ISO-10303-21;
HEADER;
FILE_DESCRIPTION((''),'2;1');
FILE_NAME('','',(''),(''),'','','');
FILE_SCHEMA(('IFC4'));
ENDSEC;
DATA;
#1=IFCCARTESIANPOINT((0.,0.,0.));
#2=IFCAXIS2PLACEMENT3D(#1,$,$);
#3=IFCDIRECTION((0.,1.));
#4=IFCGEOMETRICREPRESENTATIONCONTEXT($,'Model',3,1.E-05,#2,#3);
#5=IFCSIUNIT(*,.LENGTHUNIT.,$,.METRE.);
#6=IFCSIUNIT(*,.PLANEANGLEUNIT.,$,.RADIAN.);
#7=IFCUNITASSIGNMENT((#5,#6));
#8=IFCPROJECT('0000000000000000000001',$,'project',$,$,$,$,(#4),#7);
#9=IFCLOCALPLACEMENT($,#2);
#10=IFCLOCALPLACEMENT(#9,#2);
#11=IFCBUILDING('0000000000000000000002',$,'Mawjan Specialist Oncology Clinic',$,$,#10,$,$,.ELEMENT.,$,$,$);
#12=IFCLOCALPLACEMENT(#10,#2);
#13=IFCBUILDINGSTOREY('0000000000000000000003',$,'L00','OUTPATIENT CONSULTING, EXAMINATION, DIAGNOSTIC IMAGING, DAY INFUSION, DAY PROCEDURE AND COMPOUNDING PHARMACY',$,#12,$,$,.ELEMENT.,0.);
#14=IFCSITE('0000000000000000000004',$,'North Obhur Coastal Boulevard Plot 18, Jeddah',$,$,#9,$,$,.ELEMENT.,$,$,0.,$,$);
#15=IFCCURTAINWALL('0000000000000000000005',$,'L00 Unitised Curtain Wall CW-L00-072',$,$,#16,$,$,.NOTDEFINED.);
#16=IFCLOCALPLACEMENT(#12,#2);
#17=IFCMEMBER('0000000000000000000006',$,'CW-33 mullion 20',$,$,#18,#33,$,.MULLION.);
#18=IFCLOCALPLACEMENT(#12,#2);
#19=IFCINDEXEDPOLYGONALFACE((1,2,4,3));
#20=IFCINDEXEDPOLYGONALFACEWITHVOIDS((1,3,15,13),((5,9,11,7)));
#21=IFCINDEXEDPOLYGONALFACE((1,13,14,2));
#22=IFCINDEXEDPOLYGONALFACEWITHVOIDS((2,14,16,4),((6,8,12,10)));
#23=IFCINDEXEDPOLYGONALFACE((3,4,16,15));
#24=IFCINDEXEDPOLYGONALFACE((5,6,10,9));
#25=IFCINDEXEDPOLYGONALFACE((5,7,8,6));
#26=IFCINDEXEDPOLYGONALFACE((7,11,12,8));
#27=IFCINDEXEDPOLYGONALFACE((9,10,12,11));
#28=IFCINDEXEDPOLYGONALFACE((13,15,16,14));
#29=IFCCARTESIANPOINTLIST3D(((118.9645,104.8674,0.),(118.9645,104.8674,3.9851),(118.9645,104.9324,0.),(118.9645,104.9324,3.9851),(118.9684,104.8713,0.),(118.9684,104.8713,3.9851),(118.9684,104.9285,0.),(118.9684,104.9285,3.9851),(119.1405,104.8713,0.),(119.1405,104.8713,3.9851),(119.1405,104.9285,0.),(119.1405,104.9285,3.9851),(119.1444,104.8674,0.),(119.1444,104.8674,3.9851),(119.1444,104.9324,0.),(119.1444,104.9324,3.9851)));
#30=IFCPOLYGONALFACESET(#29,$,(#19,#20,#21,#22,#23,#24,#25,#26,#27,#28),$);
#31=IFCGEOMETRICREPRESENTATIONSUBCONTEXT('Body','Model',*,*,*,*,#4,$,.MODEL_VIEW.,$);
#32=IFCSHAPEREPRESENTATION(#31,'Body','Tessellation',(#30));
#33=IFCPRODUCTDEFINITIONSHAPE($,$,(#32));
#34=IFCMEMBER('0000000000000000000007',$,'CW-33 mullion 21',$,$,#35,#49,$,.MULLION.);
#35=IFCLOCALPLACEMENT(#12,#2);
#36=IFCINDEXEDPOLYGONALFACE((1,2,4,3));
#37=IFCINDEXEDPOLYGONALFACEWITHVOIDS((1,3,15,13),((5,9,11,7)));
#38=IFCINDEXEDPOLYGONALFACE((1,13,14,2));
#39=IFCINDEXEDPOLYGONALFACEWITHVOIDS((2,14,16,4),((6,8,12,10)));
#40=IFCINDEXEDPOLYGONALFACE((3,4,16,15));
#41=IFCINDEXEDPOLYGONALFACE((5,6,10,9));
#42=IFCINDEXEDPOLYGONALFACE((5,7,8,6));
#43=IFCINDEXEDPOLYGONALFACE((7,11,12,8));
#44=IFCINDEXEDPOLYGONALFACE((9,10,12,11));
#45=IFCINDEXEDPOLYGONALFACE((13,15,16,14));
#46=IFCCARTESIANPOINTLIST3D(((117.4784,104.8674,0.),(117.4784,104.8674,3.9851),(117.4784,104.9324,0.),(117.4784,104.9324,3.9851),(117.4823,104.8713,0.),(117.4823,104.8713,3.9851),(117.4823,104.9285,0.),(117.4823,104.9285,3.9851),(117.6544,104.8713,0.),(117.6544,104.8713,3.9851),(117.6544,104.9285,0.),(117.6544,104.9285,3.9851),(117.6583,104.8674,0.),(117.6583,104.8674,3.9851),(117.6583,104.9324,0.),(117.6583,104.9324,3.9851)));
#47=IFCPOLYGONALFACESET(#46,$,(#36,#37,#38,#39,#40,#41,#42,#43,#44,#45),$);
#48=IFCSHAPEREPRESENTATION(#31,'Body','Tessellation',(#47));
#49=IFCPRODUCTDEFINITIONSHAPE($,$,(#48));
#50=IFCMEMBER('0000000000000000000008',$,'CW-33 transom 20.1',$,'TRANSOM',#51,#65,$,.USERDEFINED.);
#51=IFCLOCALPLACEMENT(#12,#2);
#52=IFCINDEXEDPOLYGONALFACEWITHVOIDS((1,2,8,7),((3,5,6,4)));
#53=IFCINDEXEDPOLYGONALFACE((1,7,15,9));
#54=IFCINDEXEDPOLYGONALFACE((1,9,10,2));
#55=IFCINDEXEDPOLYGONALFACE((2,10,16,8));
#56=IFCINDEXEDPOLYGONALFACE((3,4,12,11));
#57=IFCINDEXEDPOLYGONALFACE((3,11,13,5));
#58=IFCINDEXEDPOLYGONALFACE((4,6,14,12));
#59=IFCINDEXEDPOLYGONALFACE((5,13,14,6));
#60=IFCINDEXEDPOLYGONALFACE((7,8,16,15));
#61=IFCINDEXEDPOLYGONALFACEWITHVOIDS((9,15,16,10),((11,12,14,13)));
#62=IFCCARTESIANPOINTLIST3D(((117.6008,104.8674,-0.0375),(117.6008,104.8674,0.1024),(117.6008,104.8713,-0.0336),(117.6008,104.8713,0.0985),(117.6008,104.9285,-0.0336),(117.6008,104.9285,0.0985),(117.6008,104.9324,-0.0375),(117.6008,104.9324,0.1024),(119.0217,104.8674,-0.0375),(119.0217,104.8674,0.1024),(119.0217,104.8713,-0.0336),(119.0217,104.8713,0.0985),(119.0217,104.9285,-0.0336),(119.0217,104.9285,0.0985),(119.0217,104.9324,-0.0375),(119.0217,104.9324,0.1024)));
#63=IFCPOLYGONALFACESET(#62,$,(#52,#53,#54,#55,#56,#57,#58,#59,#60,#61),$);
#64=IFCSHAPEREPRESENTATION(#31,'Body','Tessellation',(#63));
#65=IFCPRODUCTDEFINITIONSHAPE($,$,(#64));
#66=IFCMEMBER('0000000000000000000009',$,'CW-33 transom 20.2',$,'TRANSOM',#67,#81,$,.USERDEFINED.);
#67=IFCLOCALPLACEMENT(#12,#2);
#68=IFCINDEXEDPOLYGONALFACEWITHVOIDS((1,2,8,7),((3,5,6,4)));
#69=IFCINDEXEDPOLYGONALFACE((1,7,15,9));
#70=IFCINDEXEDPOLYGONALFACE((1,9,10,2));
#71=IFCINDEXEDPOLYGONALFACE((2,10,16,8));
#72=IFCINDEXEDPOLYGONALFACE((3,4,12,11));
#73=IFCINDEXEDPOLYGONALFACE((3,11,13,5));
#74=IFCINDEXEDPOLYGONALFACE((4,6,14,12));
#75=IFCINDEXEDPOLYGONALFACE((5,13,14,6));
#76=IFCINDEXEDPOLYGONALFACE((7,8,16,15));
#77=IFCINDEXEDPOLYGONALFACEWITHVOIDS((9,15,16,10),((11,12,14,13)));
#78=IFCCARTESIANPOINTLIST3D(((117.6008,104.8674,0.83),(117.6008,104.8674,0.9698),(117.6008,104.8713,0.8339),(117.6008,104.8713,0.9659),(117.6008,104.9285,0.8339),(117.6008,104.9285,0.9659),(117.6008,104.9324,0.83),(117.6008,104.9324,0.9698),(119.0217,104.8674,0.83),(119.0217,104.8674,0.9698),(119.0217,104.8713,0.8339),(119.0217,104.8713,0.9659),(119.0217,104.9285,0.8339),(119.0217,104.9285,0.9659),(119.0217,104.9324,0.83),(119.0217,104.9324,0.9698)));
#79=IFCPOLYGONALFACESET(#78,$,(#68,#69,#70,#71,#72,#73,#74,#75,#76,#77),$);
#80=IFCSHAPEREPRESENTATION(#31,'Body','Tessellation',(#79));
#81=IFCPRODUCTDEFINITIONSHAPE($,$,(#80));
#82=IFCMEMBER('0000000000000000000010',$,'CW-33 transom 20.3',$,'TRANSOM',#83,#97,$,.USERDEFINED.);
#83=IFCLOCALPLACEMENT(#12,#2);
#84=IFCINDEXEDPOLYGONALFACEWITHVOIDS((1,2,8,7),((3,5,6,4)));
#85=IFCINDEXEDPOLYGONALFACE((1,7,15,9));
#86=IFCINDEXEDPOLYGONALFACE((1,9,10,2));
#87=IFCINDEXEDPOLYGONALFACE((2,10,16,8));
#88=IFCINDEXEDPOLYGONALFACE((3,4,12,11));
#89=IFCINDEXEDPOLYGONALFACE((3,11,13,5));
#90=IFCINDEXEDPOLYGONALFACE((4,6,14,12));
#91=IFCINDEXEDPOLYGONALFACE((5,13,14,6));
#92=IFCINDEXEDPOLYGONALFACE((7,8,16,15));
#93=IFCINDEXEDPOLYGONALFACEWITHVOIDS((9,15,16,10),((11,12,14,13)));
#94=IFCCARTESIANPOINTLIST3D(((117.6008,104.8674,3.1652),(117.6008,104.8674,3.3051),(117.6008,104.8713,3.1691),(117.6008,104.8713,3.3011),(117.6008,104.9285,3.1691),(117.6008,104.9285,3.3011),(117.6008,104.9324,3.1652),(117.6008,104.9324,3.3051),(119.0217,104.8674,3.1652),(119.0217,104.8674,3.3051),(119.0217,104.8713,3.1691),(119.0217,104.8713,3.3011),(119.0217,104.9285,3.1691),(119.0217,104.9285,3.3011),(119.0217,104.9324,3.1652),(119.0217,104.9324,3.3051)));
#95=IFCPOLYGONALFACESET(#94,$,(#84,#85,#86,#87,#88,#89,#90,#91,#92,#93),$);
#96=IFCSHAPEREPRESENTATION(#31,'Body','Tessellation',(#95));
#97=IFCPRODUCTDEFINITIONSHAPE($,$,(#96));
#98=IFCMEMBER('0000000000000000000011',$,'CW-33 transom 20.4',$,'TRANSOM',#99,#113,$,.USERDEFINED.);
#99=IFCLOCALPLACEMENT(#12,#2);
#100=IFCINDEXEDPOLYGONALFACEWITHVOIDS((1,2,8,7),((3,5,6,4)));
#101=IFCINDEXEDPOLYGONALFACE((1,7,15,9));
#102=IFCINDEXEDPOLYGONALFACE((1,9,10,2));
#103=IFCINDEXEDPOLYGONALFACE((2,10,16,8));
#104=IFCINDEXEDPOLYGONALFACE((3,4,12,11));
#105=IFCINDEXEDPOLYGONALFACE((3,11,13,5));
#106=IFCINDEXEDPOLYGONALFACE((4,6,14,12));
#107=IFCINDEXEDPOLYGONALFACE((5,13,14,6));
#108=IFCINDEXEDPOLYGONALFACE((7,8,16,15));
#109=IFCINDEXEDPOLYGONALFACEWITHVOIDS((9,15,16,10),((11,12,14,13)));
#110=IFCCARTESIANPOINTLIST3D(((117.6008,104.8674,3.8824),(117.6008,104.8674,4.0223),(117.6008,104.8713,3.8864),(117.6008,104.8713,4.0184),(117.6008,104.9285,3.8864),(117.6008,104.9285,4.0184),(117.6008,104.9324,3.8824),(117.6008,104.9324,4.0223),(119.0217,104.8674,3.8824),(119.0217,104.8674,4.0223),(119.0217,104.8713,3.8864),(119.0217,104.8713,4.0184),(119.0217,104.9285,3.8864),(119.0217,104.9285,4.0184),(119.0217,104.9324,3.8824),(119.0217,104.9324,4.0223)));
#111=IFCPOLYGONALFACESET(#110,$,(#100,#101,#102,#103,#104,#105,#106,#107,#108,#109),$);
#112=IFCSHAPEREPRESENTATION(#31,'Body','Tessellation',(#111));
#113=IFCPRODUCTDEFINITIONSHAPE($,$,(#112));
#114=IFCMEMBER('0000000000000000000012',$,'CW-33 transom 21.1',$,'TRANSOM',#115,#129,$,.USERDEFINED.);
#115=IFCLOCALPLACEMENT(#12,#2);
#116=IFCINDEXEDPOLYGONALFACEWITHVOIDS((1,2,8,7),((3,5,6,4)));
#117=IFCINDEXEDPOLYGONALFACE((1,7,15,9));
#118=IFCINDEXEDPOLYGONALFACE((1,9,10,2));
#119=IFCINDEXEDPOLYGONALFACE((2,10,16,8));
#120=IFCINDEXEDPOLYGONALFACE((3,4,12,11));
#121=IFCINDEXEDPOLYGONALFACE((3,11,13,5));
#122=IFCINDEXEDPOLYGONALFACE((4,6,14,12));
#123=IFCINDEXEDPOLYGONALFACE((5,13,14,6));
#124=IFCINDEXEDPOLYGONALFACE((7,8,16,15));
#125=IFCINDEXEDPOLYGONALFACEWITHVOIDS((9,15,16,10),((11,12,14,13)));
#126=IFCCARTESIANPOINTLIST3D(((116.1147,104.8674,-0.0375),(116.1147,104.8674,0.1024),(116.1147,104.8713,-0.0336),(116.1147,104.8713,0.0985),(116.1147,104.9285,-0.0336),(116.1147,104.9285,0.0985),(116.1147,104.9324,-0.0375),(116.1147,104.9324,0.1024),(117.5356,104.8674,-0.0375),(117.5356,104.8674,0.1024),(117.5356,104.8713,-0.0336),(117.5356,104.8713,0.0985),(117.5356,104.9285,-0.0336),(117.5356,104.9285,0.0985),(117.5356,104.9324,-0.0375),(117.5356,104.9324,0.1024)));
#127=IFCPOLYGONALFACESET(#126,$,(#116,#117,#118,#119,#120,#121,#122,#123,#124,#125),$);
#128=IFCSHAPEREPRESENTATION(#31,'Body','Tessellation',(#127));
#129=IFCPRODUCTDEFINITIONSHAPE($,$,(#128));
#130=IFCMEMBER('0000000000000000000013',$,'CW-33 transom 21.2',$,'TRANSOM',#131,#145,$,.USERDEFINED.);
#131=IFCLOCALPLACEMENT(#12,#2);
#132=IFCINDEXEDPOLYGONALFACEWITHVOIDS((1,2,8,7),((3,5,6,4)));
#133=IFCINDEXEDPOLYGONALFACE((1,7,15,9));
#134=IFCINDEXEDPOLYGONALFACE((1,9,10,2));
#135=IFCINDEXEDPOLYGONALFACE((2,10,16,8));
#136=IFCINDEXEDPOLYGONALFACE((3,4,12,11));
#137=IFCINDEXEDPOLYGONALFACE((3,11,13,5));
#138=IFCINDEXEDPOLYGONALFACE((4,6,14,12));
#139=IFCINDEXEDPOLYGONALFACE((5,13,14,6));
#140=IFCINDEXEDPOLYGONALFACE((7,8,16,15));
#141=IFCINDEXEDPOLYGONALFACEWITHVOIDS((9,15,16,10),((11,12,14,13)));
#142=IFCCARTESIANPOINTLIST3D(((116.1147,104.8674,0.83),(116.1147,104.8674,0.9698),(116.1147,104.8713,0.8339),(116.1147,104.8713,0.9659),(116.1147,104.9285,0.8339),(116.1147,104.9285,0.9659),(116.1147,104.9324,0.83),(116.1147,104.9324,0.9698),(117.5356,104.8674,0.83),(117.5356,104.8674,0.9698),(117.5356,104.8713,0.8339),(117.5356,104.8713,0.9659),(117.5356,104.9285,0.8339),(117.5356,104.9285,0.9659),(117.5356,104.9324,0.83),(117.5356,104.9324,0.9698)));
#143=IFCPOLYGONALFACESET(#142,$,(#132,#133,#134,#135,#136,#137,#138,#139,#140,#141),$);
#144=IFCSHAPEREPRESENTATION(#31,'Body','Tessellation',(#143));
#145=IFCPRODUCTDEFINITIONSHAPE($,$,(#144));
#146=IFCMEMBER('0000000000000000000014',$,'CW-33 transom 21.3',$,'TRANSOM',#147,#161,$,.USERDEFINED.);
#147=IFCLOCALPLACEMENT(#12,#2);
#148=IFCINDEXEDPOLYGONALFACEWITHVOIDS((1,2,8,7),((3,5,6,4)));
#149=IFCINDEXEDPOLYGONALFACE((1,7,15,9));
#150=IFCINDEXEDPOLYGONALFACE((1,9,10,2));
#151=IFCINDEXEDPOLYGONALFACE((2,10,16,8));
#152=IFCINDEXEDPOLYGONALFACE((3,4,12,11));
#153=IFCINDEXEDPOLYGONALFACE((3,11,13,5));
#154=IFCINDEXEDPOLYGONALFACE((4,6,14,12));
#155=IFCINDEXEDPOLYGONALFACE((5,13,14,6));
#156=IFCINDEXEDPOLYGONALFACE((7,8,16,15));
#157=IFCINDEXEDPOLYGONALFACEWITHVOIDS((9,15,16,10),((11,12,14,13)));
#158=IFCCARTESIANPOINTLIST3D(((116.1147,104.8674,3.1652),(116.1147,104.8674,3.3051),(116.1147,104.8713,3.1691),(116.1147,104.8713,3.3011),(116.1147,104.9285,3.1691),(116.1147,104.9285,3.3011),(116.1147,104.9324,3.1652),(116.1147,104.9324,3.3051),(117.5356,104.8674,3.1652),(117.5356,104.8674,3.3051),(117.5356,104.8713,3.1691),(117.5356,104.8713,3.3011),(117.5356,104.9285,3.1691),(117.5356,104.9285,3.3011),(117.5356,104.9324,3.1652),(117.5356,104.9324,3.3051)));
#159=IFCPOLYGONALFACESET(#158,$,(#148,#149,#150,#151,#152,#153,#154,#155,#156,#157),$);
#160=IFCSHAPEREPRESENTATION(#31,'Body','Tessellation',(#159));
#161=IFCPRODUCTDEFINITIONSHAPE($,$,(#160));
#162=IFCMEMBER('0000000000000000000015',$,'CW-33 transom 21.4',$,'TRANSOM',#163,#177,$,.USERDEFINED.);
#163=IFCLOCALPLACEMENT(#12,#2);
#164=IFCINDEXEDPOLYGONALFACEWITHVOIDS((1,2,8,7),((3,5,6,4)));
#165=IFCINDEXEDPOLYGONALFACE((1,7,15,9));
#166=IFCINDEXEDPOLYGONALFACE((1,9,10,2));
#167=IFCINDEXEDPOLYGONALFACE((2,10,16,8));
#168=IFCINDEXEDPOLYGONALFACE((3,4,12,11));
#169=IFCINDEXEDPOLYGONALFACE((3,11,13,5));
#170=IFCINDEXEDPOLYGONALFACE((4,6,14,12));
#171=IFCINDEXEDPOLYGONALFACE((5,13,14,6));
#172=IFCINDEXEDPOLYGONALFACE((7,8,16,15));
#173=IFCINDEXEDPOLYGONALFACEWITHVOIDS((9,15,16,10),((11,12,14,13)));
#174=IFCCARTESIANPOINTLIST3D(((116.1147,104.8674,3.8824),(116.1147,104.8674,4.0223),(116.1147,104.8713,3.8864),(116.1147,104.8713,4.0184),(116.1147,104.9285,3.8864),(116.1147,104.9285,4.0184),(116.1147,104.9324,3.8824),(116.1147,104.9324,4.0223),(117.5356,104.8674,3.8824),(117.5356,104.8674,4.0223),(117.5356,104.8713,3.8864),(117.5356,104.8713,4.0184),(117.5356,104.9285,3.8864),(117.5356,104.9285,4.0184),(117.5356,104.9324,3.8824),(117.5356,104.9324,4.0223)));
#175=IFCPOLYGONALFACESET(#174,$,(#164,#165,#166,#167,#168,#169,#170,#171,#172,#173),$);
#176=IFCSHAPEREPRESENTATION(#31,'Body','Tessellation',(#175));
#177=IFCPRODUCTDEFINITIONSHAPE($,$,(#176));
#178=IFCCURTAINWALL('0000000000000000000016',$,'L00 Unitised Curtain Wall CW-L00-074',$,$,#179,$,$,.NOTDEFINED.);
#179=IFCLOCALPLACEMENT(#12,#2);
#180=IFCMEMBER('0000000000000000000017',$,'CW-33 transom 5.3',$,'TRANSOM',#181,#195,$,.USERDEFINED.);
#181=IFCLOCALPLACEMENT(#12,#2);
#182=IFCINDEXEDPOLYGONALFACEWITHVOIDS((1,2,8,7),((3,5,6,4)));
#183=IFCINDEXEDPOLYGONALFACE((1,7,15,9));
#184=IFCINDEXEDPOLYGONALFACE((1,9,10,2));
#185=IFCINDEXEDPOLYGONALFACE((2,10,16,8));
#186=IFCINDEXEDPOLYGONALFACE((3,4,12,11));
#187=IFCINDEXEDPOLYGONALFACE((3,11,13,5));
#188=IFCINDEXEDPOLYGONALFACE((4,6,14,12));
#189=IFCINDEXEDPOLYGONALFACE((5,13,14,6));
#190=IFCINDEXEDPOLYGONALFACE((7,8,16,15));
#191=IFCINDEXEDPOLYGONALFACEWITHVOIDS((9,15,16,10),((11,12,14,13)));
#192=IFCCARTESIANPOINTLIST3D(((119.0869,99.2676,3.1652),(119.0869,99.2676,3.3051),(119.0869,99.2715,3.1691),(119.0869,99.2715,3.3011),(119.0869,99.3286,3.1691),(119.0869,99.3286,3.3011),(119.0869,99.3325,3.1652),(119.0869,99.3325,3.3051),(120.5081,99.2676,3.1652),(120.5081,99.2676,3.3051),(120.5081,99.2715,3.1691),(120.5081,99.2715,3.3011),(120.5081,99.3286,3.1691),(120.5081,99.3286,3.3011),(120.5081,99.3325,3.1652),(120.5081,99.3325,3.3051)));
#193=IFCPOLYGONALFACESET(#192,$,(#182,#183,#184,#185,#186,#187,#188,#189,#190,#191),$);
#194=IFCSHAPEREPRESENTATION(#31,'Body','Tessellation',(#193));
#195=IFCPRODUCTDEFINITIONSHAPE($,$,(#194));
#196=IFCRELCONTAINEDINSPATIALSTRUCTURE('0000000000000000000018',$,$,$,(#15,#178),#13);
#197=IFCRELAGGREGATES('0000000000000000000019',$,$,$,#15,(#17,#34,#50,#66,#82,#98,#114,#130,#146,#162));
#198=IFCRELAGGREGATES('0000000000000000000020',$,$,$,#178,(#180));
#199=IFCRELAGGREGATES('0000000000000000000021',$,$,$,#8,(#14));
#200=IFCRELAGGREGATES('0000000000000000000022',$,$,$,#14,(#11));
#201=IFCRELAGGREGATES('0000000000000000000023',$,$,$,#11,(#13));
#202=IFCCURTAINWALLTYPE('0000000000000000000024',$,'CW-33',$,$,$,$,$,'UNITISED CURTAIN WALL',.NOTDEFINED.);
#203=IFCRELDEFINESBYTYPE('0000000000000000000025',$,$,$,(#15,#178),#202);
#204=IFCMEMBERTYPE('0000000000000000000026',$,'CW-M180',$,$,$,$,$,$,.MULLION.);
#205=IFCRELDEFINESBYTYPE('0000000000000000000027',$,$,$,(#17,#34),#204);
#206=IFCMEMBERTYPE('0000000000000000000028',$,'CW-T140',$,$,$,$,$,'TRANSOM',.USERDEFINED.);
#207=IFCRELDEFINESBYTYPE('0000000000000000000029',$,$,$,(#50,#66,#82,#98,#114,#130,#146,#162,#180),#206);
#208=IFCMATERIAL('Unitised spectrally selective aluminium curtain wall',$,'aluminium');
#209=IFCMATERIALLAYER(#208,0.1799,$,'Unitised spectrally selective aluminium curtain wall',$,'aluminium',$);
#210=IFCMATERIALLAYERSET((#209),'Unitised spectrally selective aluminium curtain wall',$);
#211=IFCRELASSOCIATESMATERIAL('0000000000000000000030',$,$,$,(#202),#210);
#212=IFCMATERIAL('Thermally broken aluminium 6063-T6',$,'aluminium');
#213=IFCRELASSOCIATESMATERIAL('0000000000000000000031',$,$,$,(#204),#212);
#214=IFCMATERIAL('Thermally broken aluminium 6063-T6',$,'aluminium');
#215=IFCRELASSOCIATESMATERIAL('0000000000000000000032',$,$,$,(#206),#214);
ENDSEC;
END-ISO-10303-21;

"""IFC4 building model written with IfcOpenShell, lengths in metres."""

from ifc_helpers import new_model, si_unit, direction, frame, origin, origin_2d, place, context, subcontext, project, spatial, hollow_rectangle, extrude, material, layer, layer_set, material_profile, profile_set, type_object, element, aggregate, save


model = new_model("IFC4")

# Units and contexts
model_context = context("Model", 3, precision=1e-05, world=origin(), true_north=direction((0.0, 1.0)))
body_context = subcontext(model_context, "Body", "Model", "MODEL_VIEW")
ifc_project = project(units=[si_unit("LENGTHUNIT", "METRE"), si_unit("PLANEANGLEUNIT", "RADIAN")], contexts=[model_context])

# Site, building, storey
site_placement = place(None, origin())
site = spatial("IfcSite", under=ifc_project, at=site_placement, Name="North Obhur Coastal Boulevard Plot 18, Jeddah", CompositionType="ELEMENT", RefElevation=0.0)
building_placement = place(site_placement, origin())
building = spatial("IfcBuilding", under=site, at=building_placement, Name="Mawjan Specialist Oncology Clinic", CompositionType="ELEMENT")
storey_placement = place(building_placement, origin())
storey = spatial("IfcBuildingStorey", under=building, at=storey_placement, Name="L00", Description="OUTPATIENT CONSULTING, EXAMINATION, DIAGNOSTIC IMAGING, DAY INFUSION, DAY PROCEDURE AND COMPOUNDING PHARMACY", CompositionType="ELEMENT", Elevation=0.0)

# Curtain walls, members
ifc_material_1 = material(Name="Unitised spectrally selective aluminium curtain wall", Category="aluminium")
ifc_layer_1 = layer(ifc_material_1, 0.1799, Name="Unitised spectrally selective aluminium curtain wall", Category="aluminium")
ifc_layer_set_1 = layer_set([ifc_layer_1], Name="Unitised spectrally selective aluminium curtain wall")
curtain_wall_type = type_object("IfcCurtainWallType", Name="CW-33", ElementType="UNITISED CURTAIN WALL", PredefinedType="NOTDEFINED", material=ifc_layer_set_1)
curtain_wall_1_placement = place(storey_placement, origin())
curtain_wall_1 = element("IfcCurtainWall", 1, at=curtain_wall_1_placement, inside=storey, type_object=curtain_wall_type, Name="L00 Unitised Curtain Wall CW-L00-072", PredefinedType="NOTDEFINED")
ifc_material_2 = material(Name="Thermally broken aluminium 6063-T6", Category="aluminium")
ifc_material_profile_1 = material_profile(ifc_material_2, hollow_rectangle(XDim=0.0649, YDim=0.1799, WallThickness=0.0039, at=origin_2d()), Name="ALU MULLION 180x65x4", Category="aluminium")
ifc_profile_set_1 = profile_set([ifc_material_profile_1], Name="Thermally broken aluminium 6063-T6")
member_type_1 = type_object("IfcMemberType", Name="CW-M180", PredefinedType="MULLION", material=ifc_profile_set_1)
member_1_placement = place(storey_placement, frame((119.0544, 104.8999, 0.0), z_axis=(0.0, 0.0, 1.0), x_axis=(0.0, -1.0, 0.0)))
member_1 = element("IfcMember", 2, at=member_1_placement, type_object=member_type_1, Name="CW-33 mullion 20", PredefinedType="MULLION", context=body_context, shape_type="SweptSolid", body=[
    extrude(hollow_rectangle(XDim=0.0649, YDim=0.1799, WallThickness=0.0039, at=origin_2d()), origin(), (0.0, 0.0, 1.0), 3.9851),
])
member_2_placement = place(storey_placement, frame((117.5684, 104.8999, 0.0), z_axis=(0.0, 0.0, 1.0), x_axis=(0.0, -1.0, 0.0)))
member_2 = element("IfcMember", 3, at=member_2_placement, type_object=member_type_1, Name="CW-33 mullion 21", PredefinedType="MULLION", context=body_context, shape_type="SweptSolid", body=[
    extrude(hollow_rectangle(XDim=0.0649, YDim=0.1799, WallThickness=0.0039, at=origin_2d()), origin(), (0.0, 0.0, 1.0), 3.9851),
])
ifc_material_3 = material(Name="Thermally broken aluminium 6063-T6", Category="aluminium")
ifc_material_profile_2 = material_profile(ifc_material_3, hollow_rectangle(XDim=0.0649, YDim=0.1399, WallThickness=0.0039, at=origin_2d()), Name="ALU TRANSOM 140x65x4", Category="aluminium")
ifc_profile_set_2 = profile_set([ifc_material_profile_2], Name="Thermally broken aluminium 6063-T6")
member_type_2 = type_object("IfcMemberType", Name="CW-T140", ElementType="TRANSOM", PredefinedType="USERDEFINED", material=ifc_profile_set_2)
member_3_placement = place(storey_placement, frame((119.0217, 104.8999, 0.0325), z_axis=(-1.0, 0.0, 0.0), x_axis=(0.0, -1.0, 0.0)))
member_3 = element("IfcMember", 4, at=member_3_placement, type_object=member_type_2, Name="CW-33 transom 20.1", ObjectType="TRANSOM", PredefinedType="USERDEFINED", context=body_context, shape_type="SweptSolid", body=[
    extrude(hollow_rectangle(XDim=0.0649, YDim=0.1399, WallThickness=0.0039, at=origin_2d()), origin(), (0.0, 0.0, 1.0), 1.4209),
])
member_4_placement = place(storey_placement, frame((119.0217, 104.8999, 0.8999), z_axis=(-1.0, 0.0, 0.0), x_axis=(0.0, -1.0, 0.0)))
member_4 = element("IfcMember", 5, at=member_4_placement, type_object=member_type_2, Name="CW-33 transom 20.2", ObjectType="TRANSOM", PredefinedType="USERDEFINED", context=body_context, shape_type="SweptSolid", body=[
    extrude(hollow_rectangle(XDim=0.0649, YDim=0.1399, WallThickness=0.0039, at=origin_2d()), origin(), (0.0, 0.0, 1.0), 1.4209),
])
member_5_placement = place(storey_placement, frame((119.0217, 104.8999, 3.2351), z_axis=(-1.0, 0.0, 0.0), x_axis=(0.0, -1.0, 0.0)))
member_5 = element("IfcMember", 6, at=member_5_placement, type_object=member_type_2, Name="CW-33 transom 20.3", ObjectType="TRANSOM", PredefinedType="USERDEFINED", context=body_context, shape_type="SweptSolid", body=[
    extrude(hollow_rectangle(XDim=0.0649, YDim=0.1399, WallThickness=0.0039, at=origin_2d()), origin(), (0.0, 0.0, 1.0), 1.4209),
])
member_6_placement = place(storey_placement, frame((119.0217, 104.8999, 3.9524), z_axis=(-1.0, 0.0, 0.0), x_axis=(0.0, -1.0, 0.0)))
member_6 = element("IfcMember", 7, at=member_6_placement, type_object=member_type_2, Name="CW-33 transom 20.4", ObjectType="TRANSOM", PredefinedType="USERDEFINED", context=body_context, shape_type="SweptSolid", body=[
    extrude(hollow_rectangle(XDim=0.0649, YDim=0.1399, WallThickness=0.0039, at=origin_2d()), origin(), (0.0, 0.0, 1.0), 1.4209),
])
member_7_placement = place(storey_placement, frame((117.5356, 104.8999, 0.0325), z_axis=(-1.0, 0.0, 0.0), x_axis=(0.0, -1.0, 0.0)))
member_7 = element("IfcMember", 8, at=member_7_placement, type_object=member_type_2, Name="CW-33 transom 21.1", ObjectType="TRANSOM", PredefinedType="USERDEFINED", context=body_context, shape_type="SweptSolid", body=[
    extrude(hollow_rectangle(XDim=0.0649, YDim=0.1399, WallThickness=0.0039, at=origin_2d()), origin(), (0.0, 0.0, 1.0), 1.4209),
])
member_8_placement = place(storey_placement, frame((117.5356, 104.8999, 0.8999), z_axis=(-1.0, 0.0, 0.0), x_axis=(0.0, -1.0, 0.0)))
member_8 = element("IfcMember", 9, at=member_8_placement, type_object=member_type_2, Name="CW-33 transom 21.2", ObjectType="TRANSOM", PredefinedType="USERDEFINED", context=body_context, shape_type="SweptSolid", body=[
    extrude(hollow_rectangle(XDim=0.0649, YDim=0.1399, WallThickness=0.0039, at=origin_2d()), origin(), (0.0, 0.0, 1.0), 1.4209),
])
member_9_placement = place(storey_placement, frame((117.5356, 104.8999, 3.2351), z_axis=(-1.0, 0.0, 0.0), x_axis=(0.0, -1.0, 0.0)))
member_9 = element("IfcMember", 10, at=member_9_placement, type_object=member_type_2, Name="CW-33 transom 21.3", ObjectType="TRANSOM", PredefinedType="USERDEFINED", context=body_context, shape_type="SweptSolid", body=[
    extrude(hollow_rectangle(XDim=0.0649, YDim=0.1399, WallThickness=0.0039, at=origin_2d()), origin(), (0.0, 0.0, 1.0), 1.4209),
])
member_10_placement = place(storey_placement, frame((117.5356, 104.8999, 3.9524), z_axis=(-1.0, 0.0, 0.0), x_axis=(0.0, -1.0, 0.0)))
member_10 = element("IfcMember", 11, at=member_10_placement, type_object=member_type_2, Name="CW-33 transom 21.4", ObjectType="TRANSOM", PredefinedType="USERDEFINED", context=body_context, shape_type="SweptSolid", body=[
    extrude(hollow_rectangle(XDim=0.0649, YDim=0.1399, WallThickness=0.0039, at=origin_2d()), origin(), (0.0, 0.0, 1.0), 1.4209),
])
curtain_wall_2_placement = place(storey_placement, origin())
curtain_wall_2 = element("IfcCurtainWall", 12, at=curtain_wall_2_placement, inside=storey, type_object=curtain_wall_type, Name="L00 Unitised Curtain Wall CW-L00-074", PredefinedType="NOTDEFINED")
member_11_placement = place(storey_placement, frame((119.0869, 99.3, 3.2351), z_axis=(1.0, 0.0, 0.0), x_axis=(0.0, 1.0, 0.0)))
member_11 = element("IfcMember", 13, at=member_11_placement, type_object=member_type_2, Name="CW-33 transom 5.3", ObjectType="TRANSOM", PredefinedType="USERDEFINED", context=body_context, shape_type="SweptSolid", body=[
    extrude(hollow_rectangle(XDim=0.0649, YDim=0.1399, WallThickness=0.0039, at=origin_2d()), origin(), (0.0, 0.0, 1.0), 1.4211),
])

aggregate(curtain_wall_1, [member_1, member_2, member_3, member_4, member_5, member_6, member_7, member_8, member_9, member_10])
aggregate(curtain_wall_2, [member_11])

save(model, "model.ifc")
